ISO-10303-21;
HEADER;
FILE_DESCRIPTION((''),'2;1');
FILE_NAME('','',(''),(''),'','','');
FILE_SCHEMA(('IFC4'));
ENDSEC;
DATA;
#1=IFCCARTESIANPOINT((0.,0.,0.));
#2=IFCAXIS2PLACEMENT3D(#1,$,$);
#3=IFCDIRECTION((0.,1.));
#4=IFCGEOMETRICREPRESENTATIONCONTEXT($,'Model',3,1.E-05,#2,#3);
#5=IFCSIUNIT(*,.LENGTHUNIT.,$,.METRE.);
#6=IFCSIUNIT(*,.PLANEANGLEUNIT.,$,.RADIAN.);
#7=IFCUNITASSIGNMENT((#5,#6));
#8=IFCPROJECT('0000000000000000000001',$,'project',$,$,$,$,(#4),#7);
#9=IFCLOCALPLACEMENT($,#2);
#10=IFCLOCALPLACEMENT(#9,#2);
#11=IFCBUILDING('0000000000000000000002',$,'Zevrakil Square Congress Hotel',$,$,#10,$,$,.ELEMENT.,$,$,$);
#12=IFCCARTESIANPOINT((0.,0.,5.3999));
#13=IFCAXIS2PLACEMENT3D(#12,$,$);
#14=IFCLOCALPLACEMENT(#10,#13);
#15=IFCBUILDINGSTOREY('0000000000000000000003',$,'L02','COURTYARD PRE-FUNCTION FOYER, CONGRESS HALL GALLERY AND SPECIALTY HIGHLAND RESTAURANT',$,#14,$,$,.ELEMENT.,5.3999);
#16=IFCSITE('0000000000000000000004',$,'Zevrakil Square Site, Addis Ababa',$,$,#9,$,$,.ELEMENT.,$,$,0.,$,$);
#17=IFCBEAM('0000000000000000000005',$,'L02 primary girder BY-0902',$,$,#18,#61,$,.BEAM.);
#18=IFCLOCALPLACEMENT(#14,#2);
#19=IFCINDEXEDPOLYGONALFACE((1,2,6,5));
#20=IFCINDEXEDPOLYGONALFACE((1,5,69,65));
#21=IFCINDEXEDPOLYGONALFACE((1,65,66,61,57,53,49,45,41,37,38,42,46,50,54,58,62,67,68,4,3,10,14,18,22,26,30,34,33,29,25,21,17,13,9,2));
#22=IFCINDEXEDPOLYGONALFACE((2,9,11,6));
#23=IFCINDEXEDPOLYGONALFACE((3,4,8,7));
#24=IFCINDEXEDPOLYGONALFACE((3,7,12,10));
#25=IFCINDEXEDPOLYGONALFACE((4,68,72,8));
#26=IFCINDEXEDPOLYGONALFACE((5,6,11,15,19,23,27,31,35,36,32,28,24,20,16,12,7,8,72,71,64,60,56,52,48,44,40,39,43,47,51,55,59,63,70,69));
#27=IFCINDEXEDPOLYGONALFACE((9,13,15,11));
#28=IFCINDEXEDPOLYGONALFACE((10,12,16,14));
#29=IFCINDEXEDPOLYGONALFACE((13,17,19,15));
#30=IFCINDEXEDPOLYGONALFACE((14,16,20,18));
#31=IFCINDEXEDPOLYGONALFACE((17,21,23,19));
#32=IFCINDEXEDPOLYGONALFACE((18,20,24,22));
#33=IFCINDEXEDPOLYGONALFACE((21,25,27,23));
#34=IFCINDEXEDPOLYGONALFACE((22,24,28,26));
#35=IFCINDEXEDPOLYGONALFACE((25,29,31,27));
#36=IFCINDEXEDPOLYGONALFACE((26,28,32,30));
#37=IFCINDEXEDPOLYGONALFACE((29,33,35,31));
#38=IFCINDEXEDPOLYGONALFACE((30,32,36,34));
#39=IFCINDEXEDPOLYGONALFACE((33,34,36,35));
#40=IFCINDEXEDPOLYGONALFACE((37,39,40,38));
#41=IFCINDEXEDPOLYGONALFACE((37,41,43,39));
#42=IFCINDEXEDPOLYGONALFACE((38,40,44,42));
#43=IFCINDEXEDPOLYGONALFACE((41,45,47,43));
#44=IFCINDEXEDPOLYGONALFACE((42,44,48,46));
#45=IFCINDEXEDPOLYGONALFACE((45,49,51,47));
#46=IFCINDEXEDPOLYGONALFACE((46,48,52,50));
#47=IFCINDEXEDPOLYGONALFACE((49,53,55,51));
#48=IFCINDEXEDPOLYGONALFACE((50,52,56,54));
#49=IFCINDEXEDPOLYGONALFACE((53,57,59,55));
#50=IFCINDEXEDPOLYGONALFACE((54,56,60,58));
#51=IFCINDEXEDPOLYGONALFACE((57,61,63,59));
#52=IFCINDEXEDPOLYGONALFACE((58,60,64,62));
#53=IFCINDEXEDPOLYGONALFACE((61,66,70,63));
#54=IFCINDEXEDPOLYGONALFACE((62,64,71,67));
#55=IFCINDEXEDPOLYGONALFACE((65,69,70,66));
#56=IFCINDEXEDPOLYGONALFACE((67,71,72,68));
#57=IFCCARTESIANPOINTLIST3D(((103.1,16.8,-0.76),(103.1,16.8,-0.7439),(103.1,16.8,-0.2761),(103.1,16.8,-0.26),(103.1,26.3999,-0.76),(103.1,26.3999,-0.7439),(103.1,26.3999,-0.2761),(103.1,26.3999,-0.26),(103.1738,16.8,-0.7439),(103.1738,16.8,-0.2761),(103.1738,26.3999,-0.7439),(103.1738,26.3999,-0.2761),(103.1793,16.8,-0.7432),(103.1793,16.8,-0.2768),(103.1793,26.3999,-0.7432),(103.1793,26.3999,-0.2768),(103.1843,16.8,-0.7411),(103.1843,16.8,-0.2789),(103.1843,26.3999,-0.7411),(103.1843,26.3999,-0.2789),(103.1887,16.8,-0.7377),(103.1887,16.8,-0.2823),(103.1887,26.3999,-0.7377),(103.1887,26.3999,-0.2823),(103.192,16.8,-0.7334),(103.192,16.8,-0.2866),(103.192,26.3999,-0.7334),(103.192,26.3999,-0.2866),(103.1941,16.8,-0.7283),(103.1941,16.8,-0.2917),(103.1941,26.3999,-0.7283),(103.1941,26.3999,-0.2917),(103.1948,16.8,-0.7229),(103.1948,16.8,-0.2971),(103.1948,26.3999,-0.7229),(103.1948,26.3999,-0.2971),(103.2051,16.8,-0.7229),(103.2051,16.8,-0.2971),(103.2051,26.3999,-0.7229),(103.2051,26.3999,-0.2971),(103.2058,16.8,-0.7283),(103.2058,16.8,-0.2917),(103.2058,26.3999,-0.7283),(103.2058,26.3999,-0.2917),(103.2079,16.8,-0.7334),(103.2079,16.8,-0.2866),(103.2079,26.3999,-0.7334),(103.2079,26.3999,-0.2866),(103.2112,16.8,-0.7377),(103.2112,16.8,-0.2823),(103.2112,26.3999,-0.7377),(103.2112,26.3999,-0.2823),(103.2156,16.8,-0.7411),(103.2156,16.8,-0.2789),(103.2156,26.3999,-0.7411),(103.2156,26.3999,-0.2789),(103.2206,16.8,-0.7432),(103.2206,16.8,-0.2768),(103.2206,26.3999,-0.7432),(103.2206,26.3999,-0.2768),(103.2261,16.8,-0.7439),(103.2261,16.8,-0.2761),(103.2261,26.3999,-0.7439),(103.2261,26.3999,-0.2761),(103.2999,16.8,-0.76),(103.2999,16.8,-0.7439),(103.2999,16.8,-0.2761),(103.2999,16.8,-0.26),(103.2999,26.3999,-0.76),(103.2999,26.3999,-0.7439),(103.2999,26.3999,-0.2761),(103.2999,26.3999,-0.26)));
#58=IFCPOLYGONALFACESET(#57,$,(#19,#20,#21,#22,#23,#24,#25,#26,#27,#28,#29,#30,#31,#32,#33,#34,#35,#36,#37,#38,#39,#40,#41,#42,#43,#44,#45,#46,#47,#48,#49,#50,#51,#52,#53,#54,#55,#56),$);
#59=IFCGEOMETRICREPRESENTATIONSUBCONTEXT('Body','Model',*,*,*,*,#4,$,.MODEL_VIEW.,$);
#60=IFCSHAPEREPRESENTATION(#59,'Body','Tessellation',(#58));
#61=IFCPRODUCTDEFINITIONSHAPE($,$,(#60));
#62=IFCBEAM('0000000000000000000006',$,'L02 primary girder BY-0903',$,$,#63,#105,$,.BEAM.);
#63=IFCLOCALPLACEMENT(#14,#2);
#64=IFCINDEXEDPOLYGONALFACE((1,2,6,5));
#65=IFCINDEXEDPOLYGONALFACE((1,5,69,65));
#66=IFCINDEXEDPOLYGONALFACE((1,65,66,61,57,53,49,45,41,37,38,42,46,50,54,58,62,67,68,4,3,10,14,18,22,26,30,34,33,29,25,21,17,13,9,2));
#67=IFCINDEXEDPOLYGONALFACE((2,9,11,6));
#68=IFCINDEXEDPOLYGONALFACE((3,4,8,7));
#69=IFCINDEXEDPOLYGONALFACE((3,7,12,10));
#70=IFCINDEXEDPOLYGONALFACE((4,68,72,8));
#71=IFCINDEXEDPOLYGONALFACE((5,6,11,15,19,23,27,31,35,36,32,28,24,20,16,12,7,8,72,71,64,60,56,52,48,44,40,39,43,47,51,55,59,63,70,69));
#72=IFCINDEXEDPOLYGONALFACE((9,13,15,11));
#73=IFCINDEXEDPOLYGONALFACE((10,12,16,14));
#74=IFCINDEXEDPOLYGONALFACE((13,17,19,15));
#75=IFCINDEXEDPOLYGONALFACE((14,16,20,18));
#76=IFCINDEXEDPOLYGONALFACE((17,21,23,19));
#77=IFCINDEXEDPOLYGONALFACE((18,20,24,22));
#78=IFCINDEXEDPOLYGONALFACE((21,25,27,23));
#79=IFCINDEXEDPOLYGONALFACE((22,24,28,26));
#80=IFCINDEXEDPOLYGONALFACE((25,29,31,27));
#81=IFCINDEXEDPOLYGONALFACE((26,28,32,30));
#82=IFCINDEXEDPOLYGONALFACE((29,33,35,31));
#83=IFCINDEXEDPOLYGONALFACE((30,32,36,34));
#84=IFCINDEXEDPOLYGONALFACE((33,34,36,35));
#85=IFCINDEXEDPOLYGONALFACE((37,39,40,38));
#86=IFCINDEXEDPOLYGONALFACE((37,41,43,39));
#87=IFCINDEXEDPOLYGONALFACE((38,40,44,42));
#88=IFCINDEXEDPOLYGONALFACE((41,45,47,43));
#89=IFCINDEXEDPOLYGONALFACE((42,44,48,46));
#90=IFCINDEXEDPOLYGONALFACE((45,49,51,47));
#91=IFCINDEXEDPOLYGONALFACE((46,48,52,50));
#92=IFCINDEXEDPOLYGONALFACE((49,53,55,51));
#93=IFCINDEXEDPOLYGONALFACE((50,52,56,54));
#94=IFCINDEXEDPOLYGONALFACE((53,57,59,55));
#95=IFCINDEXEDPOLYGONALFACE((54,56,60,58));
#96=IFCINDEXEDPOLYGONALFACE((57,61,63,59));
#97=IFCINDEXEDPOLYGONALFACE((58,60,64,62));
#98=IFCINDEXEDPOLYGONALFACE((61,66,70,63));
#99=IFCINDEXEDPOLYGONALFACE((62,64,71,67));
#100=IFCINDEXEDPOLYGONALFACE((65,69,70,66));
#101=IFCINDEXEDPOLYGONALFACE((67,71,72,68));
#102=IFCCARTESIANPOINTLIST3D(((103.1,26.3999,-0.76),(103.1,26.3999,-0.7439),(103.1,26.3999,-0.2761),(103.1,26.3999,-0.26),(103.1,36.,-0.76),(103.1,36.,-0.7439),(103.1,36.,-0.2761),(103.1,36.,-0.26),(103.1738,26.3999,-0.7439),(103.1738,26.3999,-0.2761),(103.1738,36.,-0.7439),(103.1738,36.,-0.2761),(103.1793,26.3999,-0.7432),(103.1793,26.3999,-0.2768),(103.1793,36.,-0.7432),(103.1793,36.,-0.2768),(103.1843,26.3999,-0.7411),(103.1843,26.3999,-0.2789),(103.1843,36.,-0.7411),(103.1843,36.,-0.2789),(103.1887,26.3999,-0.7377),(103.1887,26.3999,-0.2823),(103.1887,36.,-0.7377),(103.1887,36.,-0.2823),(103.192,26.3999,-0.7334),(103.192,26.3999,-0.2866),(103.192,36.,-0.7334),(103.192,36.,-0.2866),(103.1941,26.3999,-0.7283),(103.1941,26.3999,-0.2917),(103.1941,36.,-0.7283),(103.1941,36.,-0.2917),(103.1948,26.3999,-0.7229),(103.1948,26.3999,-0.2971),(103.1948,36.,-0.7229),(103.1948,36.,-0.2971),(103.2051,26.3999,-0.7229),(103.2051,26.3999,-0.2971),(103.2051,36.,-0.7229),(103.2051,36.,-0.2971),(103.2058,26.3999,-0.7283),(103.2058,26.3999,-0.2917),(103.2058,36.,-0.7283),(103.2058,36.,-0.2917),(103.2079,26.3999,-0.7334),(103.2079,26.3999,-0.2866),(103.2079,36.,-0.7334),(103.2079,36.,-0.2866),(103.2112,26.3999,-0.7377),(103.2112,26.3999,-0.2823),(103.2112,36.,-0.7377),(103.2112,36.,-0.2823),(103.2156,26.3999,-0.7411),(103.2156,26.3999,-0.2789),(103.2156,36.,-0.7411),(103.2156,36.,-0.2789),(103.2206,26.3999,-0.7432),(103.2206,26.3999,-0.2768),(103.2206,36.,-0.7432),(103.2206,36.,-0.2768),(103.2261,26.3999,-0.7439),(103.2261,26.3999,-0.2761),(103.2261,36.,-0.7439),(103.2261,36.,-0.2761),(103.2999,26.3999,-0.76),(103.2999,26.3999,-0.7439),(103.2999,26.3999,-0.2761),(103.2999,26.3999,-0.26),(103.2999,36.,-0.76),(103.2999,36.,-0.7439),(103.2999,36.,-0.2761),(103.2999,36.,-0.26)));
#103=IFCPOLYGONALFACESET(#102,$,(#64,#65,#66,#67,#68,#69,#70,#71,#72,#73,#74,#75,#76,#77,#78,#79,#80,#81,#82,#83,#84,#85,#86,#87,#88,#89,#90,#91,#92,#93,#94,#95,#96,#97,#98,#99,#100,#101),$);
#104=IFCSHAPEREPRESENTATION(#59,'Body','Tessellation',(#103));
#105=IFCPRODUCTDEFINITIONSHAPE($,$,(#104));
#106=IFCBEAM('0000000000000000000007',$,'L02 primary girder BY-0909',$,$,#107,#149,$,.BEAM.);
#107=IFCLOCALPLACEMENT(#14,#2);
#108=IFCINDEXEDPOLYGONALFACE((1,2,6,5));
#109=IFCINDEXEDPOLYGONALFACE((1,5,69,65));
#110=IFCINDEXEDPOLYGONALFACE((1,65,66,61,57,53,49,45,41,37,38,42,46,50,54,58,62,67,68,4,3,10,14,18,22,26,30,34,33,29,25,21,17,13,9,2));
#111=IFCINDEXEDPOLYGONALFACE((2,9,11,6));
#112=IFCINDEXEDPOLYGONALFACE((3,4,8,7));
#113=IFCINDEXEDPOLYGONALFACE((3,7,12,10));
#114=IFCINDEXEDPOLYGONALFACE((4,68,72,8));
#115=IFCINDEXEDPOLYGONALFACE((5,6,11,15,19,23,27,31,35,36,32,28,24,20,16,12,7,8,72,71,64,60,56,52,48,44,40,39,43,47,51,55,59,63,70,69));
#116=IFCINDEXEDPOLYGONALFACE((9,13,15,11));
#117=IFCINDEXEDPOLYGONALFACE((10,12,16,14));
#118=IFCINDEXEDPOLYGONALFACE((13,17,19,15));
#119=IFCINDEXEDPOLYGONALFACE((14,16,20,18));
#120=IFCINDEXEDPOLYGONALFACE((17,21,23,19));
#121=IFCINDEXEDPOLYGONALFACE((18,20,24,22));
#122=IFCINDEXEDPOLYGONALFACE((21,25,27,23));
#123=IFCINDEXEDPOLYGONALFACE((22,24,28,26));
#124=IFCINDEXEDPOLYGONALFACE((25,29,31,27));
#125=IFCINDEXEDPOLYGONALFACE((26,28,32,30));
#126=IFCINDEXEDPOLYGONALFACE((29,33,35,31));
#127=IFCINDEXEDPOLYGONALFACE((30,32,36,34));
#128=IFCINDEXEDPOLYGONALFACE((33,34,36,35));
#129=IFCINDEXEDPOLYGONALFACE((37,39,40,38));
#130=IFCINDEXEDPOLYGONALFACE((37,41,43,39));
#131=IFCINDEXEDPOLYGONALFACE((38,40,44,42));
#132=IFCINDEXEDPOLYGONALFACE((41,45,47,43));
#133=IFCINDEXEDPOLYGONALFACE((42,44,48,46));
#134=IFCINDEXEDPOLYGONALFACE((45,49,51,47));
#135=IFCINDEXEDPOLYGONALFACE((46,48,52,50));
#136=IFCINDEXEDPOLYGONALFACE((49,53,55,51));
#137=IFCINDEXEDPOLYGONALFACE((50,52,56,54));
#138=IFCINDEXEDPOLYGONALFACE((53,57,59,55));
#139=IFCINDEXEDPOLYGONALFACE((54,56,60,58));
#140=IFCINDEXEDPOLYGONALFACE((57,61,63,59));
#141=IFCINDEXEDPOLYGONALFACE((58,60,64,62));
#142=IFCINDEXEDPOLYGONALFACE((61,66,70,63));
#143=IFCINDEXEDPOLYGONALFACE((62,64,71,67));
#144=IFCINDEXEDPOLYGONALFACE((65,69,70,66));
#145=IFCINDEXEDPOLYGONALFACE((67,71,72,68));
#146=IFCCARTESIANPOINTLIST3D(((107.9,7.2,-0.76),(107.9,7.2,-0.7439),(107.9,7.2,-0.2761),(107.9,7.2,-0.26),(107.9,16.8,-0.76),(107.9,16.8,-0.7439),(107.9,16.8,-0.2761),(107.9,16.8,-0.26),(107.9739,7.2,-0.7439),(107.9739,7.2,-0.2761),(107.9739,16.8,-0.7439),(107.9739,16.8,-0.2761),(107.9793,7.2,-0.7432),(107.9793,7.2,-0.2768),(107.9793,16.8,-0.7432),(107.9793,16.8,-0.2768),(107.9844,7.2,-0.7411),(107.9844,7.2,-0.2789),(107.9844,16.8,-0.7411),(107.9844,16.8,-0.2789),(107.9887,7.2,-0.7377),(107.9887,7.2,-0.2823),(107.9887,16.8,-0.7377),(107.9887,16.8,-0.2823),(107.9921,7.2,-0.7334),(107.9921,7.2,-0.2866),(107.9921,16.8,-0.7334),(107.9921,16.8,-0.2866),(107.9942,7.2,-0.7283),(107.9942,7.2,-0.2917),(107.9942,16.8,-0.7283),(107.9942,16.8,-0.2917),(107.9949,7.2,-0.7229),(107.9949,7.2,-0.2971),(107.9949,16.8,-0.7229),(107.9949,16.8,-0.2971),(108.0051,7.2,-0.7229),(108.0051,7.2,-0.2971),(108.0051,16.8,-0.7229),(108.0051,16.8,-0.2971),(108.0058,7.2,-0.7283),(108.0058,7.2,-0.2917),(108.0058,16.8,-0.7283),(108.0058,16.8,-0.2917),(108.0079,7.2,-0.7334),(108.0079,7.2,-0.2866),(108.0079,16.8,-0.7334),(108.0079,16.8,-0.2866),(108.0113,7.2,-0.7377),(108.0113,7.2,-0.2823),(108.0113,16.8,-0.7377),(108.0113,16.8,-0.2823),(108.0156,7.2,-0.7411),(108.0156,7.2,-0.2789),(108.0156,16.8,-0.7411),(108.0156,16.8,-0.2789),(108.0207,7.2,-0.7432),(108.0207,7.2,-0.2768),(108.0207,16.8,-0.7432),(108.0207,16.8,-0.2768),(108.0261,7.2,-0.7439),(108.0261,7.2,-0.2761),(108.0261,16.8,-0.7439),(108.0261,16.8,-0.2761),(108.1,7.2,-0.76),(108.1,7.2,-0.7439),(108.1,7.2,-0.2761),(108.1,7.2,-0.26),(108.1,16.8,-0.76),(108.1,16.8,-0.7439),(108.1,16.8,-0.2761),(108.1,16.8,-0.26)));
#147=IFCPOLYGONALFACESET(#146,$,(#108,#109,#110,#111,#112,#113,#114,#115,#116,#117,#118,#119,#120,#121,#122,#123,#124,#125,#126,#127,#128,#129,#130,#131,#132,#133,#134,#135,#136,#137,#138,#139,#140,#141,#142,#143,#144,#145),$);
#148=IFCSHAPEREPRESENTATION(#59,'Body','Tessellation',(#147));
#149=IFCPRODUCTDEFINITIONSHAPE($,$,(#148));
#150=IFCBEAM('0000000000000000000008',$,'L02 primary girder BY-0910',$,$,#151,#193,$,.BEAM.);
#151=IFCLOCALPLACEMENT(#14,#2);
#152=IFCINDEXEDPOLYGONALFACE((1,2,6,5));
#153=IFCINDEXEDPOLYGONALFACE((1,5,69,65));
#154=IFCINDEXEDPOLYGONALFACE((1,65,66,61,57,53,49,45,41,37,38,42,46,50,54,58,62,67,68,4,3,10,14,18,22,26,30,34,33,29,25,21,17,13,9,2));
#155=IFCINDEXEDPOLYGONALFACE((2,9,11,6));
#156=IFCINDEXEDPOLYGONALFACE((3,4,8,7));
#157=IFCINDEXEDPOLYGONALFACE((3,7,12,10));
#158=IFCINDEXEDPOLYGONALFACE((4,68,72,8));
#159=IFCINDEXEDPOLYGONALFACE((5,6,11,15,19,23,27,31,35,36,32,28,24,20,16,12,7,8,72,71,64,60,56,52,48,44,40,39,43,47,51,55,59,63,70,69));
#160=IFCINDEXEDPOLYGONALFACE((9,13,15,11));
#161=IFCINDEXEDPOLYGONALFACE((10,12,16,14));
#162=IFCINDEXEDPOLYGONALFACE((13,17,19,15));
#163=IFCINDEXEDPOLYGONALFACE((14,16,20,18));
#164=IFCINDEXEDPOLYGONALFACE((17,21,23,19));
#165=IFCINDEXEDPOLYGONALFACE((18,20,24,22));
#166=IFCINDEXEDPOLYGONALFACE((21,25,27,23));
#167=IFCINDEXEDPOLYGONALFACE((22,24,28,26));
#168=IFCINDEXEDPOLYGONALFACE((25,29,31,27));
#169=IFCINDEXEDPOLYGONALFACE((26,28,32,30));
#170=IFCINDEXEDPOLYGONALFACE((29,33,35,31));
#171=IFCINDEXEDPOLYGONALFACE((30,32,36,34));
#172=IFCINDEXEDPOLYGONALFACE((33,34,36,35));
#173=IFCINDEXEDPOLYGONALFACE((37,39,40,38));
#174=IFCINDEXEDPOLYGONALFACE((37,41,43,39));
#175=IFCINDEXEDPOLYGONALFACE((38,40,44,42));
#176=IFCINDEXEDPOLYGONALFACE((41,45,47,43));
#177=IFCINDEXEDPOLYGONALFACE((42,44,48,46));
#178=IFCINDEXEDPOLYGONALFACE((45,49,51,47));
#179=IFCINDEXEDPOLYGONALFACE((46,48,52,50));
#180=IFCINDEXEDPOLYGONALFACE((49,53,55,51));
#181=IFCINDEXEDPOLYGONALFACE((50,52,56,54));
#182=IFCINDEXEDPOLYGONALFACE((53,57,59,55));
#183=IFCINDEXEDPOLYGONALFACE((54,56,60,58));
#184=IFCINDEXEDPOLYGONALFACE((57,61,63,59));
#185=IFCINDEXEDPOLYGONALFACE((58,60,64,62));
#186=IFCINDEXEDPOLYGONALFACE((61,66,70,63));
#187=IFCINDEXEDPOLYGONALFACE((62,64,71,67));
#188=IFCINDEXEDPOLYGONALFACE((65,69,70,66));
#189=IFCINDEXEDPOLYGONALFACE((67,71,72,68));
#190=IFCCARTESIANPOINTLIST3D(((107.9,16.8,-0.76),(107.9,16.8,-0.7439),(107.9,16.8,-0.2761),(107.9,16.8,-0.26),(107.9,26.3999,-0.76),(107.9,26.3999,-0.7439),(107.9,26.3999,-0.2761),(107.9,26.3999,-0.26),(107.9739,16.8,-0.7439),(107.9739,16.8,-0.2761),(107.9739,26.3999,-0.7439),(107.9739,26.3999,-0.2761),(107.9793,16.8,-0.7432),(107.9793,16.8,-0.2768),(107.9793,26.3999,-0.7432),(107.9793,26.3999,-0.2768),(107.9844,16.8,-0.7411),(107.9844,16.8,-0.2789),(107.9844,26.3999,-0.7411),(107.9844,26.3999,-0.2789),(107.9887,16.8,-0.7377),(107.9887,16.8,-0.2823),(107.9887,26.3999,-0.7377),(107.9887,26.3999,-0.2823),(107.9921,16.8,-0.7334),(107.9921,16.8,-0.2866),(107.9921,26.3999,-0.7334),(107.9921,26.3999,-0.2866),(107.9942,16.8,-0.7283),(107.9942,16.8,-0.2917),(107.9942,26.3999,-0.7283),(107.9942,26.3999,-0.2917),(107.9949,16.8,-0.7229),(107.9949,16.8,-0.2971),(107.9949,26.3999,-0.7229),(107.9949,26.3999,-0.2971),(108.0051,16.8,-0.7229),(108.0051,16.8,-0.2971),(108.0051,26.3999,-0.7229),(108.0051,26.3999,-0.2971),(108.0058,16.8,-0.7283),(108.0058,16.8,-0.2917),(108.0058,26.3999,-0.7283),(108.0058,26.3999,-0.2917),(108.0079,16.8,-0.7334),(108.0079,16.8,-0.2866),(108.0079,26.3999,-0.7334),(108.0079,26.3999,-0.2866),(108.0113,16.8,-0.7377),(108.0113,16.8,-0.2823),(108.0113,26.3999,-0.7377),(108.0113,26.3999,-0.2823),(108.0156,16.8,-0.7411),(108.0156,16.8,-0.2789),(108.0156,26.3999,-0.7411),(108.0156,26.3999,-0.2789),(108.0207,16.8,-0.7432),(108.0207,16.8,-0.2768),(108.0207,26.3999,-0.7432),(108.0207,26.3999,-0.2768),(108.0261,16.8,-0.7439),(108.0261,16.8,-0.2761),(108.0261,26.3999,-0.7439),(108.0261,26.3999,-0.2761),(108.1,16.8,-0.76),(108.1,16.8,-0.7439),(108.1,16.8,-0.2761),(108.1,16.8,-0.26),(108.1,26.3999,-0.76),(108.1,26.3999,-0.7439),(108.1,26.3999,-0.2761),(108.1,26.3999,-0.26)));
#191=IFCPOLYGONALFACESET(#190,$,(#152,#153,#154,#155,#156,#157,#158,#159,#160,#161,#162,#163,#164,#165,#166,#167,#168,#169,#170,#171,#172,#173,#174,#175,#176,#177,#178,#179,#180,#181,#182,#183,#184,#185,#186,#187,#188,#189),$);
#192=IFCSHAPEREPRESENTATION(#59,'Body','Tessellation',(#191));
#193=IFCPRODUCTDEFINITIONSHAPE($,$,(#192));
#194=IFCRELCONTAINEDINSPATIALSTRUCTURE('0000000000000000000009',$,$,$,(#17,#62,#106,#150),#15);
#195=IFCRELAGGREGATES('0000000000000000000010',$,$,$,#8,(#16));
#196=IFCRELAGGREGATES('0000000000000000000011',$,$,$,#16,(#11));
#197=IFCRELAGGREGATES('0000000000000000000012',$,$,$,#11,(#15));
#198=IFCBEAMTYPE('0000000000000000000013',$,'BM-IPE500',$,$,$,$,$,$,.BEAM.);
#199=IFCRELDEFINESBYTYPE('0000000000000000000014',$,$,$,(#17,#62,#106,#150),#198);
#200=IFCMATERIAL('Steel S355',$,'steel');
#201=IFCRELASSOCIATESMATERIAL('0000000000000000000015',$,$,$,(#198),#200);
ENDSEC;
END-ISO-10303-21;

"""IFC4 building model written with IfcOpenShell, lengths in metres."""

from ifc_helpers import new_model, si_unit, direction, frame, origin, origin_2d, place, context, subcontext, project, spatial, i_section, extrude, material, material_profile, profile_set, type_object, element, save


model = new_model("IFC4")

# Units and contexts
model_context = context("Model", 3, precision=1e-05, world=origin(), true_north=direction((0.0, 1.0)))
body_context = subcontext(model_context, "Body", "Model", "MODEL_VIEW")
ifc_project = project(units=[si_unit("LENGTHUNIT", "METRE"), si_unit("PLANEANGLEUNIT", "RADIAN")], contexts=[model_context])

# Site, building, storey
site_placement = place(None, origin())
site = spatial("IfcSite", under=ifc_project, at=site_placement, Name="Zevrakil Square Site, Addis Ababa", CompositionType="ELEMENT", RefElevation=0.0)
building_placement = place(site_placement, origin())
building = spatial("IfcBuilding", under=site, at=building_placement, Name="Zevrakil Square Congress Hotel", CompositionType="ELEMENT")
storey_placement = place(building_placement, frame((0.0, 0.0, 5.3999)))
storey = spatial("IfcBuildingStorey", under=building, at=storey_placement, Name="L02", Description="COURTYARD PRE-FUNCTION FOYER, CONGRESS HALL GALLERY AND SPECIALTY HIGHLAND RESTAURANT", CompositionType="ELEMENT", Elevation=5.3999)

# Beams
ifc_material_1 = material(Name="Steel S355", Category="steel")
ifc_material_profile_1 = material_profile(ifc_material_1, i_section(OverallWidth=0.2, OverallDepth=0.5, WebThickness=0.0103, FlangeThickness=0.0161, FilletRadius=0.021, at=origin_2d()), Name="IPE 500")
ifc_profile_set_1 = profile_set([ifc_material_profile_1], Name="Steel S355")
beam_type_1 = type_object("IfcBeamType", Name="BM-IPE500", PredefinedType="BEAM", material=ifc_profile_set_1)
beam_1_placement = place(storey_placement, frame((103.2, 16.8, -0.51), z_axis=(0.0, 1.0, 0.0), x_axis=(-1.0, 0.0, 0.0)))
element("IfcBeam", 1, at=beam_1_placement, inside=storey, type_object=beam_type_1, Name="L02 primary girder BY-0902", PredefinedType="BEAM", context=body_context, shape_type="SweptSolid", body=[
    extrude(i_section(OverallWidth=0.2, OverallDepth=0.5, WebThickness=0.0103, FlangeThickness=0.0161, FilletRadius=0.021, at=origin_2d()), origin(), (0.0, 0.0, 1.0), 9.5999),
])
for number, where, z_axis, x_axis, name in (
    (2, (103.2, 26.3999, -0.51), (0.0, 1.0, 0.0), (-1.0, 0.0, 0.0), "L02 primary girder BY-0903"),
    (3, (108.0, 7.2, -0.51), (0.0, 1.0, 0.0), (-1.0, 0.0, 0.0), "L02 primary girder BY-0909"),
):
    element("IfcBeam", number, at=place(storey_placement, frame(where, z_axis=z_axis, x_axis=x_axis)), inside=storey, type_object=beam_type_1, Name=name, PredefinedType="BEAM", context=body_context, shape_type="SweptSolid", body=[
        extrude(i_section(OverallWidth=0.2, OverallDepth=0.5, WebThickness=0.0103, FlangeThickness=0.0161, FilletRadius=0.021, at=origin_2d()), origin(), (0.0, 0.0, 1.0), 9.6001),
    ])
beam_2_placement = place(storey_placement, frame((108.0, 16.8, -0.51), z_axis=(0.0, 1.0, 0.0), x_axis=(-1.0, 0.0, 0.0)))
element("IfcBeam", 4, at=beam_2_placement, inside=storey, type_object=beam_type_1, Name="L02 primary girder BY-0910", PredefinedType="BEAM", context=body_context, shape_type="SweptSolid", body=[
    extrude(i_section(OverallWidth=0.2, OverallDepth=0.5, WebThickness=0.0103, FlangeThickness=0.0161, FilletRadius=0.021, at=origin_2d()), origin(), (0.0, 0.0, 1.0), 9.5999),
])

save(model, "model.ifc")
